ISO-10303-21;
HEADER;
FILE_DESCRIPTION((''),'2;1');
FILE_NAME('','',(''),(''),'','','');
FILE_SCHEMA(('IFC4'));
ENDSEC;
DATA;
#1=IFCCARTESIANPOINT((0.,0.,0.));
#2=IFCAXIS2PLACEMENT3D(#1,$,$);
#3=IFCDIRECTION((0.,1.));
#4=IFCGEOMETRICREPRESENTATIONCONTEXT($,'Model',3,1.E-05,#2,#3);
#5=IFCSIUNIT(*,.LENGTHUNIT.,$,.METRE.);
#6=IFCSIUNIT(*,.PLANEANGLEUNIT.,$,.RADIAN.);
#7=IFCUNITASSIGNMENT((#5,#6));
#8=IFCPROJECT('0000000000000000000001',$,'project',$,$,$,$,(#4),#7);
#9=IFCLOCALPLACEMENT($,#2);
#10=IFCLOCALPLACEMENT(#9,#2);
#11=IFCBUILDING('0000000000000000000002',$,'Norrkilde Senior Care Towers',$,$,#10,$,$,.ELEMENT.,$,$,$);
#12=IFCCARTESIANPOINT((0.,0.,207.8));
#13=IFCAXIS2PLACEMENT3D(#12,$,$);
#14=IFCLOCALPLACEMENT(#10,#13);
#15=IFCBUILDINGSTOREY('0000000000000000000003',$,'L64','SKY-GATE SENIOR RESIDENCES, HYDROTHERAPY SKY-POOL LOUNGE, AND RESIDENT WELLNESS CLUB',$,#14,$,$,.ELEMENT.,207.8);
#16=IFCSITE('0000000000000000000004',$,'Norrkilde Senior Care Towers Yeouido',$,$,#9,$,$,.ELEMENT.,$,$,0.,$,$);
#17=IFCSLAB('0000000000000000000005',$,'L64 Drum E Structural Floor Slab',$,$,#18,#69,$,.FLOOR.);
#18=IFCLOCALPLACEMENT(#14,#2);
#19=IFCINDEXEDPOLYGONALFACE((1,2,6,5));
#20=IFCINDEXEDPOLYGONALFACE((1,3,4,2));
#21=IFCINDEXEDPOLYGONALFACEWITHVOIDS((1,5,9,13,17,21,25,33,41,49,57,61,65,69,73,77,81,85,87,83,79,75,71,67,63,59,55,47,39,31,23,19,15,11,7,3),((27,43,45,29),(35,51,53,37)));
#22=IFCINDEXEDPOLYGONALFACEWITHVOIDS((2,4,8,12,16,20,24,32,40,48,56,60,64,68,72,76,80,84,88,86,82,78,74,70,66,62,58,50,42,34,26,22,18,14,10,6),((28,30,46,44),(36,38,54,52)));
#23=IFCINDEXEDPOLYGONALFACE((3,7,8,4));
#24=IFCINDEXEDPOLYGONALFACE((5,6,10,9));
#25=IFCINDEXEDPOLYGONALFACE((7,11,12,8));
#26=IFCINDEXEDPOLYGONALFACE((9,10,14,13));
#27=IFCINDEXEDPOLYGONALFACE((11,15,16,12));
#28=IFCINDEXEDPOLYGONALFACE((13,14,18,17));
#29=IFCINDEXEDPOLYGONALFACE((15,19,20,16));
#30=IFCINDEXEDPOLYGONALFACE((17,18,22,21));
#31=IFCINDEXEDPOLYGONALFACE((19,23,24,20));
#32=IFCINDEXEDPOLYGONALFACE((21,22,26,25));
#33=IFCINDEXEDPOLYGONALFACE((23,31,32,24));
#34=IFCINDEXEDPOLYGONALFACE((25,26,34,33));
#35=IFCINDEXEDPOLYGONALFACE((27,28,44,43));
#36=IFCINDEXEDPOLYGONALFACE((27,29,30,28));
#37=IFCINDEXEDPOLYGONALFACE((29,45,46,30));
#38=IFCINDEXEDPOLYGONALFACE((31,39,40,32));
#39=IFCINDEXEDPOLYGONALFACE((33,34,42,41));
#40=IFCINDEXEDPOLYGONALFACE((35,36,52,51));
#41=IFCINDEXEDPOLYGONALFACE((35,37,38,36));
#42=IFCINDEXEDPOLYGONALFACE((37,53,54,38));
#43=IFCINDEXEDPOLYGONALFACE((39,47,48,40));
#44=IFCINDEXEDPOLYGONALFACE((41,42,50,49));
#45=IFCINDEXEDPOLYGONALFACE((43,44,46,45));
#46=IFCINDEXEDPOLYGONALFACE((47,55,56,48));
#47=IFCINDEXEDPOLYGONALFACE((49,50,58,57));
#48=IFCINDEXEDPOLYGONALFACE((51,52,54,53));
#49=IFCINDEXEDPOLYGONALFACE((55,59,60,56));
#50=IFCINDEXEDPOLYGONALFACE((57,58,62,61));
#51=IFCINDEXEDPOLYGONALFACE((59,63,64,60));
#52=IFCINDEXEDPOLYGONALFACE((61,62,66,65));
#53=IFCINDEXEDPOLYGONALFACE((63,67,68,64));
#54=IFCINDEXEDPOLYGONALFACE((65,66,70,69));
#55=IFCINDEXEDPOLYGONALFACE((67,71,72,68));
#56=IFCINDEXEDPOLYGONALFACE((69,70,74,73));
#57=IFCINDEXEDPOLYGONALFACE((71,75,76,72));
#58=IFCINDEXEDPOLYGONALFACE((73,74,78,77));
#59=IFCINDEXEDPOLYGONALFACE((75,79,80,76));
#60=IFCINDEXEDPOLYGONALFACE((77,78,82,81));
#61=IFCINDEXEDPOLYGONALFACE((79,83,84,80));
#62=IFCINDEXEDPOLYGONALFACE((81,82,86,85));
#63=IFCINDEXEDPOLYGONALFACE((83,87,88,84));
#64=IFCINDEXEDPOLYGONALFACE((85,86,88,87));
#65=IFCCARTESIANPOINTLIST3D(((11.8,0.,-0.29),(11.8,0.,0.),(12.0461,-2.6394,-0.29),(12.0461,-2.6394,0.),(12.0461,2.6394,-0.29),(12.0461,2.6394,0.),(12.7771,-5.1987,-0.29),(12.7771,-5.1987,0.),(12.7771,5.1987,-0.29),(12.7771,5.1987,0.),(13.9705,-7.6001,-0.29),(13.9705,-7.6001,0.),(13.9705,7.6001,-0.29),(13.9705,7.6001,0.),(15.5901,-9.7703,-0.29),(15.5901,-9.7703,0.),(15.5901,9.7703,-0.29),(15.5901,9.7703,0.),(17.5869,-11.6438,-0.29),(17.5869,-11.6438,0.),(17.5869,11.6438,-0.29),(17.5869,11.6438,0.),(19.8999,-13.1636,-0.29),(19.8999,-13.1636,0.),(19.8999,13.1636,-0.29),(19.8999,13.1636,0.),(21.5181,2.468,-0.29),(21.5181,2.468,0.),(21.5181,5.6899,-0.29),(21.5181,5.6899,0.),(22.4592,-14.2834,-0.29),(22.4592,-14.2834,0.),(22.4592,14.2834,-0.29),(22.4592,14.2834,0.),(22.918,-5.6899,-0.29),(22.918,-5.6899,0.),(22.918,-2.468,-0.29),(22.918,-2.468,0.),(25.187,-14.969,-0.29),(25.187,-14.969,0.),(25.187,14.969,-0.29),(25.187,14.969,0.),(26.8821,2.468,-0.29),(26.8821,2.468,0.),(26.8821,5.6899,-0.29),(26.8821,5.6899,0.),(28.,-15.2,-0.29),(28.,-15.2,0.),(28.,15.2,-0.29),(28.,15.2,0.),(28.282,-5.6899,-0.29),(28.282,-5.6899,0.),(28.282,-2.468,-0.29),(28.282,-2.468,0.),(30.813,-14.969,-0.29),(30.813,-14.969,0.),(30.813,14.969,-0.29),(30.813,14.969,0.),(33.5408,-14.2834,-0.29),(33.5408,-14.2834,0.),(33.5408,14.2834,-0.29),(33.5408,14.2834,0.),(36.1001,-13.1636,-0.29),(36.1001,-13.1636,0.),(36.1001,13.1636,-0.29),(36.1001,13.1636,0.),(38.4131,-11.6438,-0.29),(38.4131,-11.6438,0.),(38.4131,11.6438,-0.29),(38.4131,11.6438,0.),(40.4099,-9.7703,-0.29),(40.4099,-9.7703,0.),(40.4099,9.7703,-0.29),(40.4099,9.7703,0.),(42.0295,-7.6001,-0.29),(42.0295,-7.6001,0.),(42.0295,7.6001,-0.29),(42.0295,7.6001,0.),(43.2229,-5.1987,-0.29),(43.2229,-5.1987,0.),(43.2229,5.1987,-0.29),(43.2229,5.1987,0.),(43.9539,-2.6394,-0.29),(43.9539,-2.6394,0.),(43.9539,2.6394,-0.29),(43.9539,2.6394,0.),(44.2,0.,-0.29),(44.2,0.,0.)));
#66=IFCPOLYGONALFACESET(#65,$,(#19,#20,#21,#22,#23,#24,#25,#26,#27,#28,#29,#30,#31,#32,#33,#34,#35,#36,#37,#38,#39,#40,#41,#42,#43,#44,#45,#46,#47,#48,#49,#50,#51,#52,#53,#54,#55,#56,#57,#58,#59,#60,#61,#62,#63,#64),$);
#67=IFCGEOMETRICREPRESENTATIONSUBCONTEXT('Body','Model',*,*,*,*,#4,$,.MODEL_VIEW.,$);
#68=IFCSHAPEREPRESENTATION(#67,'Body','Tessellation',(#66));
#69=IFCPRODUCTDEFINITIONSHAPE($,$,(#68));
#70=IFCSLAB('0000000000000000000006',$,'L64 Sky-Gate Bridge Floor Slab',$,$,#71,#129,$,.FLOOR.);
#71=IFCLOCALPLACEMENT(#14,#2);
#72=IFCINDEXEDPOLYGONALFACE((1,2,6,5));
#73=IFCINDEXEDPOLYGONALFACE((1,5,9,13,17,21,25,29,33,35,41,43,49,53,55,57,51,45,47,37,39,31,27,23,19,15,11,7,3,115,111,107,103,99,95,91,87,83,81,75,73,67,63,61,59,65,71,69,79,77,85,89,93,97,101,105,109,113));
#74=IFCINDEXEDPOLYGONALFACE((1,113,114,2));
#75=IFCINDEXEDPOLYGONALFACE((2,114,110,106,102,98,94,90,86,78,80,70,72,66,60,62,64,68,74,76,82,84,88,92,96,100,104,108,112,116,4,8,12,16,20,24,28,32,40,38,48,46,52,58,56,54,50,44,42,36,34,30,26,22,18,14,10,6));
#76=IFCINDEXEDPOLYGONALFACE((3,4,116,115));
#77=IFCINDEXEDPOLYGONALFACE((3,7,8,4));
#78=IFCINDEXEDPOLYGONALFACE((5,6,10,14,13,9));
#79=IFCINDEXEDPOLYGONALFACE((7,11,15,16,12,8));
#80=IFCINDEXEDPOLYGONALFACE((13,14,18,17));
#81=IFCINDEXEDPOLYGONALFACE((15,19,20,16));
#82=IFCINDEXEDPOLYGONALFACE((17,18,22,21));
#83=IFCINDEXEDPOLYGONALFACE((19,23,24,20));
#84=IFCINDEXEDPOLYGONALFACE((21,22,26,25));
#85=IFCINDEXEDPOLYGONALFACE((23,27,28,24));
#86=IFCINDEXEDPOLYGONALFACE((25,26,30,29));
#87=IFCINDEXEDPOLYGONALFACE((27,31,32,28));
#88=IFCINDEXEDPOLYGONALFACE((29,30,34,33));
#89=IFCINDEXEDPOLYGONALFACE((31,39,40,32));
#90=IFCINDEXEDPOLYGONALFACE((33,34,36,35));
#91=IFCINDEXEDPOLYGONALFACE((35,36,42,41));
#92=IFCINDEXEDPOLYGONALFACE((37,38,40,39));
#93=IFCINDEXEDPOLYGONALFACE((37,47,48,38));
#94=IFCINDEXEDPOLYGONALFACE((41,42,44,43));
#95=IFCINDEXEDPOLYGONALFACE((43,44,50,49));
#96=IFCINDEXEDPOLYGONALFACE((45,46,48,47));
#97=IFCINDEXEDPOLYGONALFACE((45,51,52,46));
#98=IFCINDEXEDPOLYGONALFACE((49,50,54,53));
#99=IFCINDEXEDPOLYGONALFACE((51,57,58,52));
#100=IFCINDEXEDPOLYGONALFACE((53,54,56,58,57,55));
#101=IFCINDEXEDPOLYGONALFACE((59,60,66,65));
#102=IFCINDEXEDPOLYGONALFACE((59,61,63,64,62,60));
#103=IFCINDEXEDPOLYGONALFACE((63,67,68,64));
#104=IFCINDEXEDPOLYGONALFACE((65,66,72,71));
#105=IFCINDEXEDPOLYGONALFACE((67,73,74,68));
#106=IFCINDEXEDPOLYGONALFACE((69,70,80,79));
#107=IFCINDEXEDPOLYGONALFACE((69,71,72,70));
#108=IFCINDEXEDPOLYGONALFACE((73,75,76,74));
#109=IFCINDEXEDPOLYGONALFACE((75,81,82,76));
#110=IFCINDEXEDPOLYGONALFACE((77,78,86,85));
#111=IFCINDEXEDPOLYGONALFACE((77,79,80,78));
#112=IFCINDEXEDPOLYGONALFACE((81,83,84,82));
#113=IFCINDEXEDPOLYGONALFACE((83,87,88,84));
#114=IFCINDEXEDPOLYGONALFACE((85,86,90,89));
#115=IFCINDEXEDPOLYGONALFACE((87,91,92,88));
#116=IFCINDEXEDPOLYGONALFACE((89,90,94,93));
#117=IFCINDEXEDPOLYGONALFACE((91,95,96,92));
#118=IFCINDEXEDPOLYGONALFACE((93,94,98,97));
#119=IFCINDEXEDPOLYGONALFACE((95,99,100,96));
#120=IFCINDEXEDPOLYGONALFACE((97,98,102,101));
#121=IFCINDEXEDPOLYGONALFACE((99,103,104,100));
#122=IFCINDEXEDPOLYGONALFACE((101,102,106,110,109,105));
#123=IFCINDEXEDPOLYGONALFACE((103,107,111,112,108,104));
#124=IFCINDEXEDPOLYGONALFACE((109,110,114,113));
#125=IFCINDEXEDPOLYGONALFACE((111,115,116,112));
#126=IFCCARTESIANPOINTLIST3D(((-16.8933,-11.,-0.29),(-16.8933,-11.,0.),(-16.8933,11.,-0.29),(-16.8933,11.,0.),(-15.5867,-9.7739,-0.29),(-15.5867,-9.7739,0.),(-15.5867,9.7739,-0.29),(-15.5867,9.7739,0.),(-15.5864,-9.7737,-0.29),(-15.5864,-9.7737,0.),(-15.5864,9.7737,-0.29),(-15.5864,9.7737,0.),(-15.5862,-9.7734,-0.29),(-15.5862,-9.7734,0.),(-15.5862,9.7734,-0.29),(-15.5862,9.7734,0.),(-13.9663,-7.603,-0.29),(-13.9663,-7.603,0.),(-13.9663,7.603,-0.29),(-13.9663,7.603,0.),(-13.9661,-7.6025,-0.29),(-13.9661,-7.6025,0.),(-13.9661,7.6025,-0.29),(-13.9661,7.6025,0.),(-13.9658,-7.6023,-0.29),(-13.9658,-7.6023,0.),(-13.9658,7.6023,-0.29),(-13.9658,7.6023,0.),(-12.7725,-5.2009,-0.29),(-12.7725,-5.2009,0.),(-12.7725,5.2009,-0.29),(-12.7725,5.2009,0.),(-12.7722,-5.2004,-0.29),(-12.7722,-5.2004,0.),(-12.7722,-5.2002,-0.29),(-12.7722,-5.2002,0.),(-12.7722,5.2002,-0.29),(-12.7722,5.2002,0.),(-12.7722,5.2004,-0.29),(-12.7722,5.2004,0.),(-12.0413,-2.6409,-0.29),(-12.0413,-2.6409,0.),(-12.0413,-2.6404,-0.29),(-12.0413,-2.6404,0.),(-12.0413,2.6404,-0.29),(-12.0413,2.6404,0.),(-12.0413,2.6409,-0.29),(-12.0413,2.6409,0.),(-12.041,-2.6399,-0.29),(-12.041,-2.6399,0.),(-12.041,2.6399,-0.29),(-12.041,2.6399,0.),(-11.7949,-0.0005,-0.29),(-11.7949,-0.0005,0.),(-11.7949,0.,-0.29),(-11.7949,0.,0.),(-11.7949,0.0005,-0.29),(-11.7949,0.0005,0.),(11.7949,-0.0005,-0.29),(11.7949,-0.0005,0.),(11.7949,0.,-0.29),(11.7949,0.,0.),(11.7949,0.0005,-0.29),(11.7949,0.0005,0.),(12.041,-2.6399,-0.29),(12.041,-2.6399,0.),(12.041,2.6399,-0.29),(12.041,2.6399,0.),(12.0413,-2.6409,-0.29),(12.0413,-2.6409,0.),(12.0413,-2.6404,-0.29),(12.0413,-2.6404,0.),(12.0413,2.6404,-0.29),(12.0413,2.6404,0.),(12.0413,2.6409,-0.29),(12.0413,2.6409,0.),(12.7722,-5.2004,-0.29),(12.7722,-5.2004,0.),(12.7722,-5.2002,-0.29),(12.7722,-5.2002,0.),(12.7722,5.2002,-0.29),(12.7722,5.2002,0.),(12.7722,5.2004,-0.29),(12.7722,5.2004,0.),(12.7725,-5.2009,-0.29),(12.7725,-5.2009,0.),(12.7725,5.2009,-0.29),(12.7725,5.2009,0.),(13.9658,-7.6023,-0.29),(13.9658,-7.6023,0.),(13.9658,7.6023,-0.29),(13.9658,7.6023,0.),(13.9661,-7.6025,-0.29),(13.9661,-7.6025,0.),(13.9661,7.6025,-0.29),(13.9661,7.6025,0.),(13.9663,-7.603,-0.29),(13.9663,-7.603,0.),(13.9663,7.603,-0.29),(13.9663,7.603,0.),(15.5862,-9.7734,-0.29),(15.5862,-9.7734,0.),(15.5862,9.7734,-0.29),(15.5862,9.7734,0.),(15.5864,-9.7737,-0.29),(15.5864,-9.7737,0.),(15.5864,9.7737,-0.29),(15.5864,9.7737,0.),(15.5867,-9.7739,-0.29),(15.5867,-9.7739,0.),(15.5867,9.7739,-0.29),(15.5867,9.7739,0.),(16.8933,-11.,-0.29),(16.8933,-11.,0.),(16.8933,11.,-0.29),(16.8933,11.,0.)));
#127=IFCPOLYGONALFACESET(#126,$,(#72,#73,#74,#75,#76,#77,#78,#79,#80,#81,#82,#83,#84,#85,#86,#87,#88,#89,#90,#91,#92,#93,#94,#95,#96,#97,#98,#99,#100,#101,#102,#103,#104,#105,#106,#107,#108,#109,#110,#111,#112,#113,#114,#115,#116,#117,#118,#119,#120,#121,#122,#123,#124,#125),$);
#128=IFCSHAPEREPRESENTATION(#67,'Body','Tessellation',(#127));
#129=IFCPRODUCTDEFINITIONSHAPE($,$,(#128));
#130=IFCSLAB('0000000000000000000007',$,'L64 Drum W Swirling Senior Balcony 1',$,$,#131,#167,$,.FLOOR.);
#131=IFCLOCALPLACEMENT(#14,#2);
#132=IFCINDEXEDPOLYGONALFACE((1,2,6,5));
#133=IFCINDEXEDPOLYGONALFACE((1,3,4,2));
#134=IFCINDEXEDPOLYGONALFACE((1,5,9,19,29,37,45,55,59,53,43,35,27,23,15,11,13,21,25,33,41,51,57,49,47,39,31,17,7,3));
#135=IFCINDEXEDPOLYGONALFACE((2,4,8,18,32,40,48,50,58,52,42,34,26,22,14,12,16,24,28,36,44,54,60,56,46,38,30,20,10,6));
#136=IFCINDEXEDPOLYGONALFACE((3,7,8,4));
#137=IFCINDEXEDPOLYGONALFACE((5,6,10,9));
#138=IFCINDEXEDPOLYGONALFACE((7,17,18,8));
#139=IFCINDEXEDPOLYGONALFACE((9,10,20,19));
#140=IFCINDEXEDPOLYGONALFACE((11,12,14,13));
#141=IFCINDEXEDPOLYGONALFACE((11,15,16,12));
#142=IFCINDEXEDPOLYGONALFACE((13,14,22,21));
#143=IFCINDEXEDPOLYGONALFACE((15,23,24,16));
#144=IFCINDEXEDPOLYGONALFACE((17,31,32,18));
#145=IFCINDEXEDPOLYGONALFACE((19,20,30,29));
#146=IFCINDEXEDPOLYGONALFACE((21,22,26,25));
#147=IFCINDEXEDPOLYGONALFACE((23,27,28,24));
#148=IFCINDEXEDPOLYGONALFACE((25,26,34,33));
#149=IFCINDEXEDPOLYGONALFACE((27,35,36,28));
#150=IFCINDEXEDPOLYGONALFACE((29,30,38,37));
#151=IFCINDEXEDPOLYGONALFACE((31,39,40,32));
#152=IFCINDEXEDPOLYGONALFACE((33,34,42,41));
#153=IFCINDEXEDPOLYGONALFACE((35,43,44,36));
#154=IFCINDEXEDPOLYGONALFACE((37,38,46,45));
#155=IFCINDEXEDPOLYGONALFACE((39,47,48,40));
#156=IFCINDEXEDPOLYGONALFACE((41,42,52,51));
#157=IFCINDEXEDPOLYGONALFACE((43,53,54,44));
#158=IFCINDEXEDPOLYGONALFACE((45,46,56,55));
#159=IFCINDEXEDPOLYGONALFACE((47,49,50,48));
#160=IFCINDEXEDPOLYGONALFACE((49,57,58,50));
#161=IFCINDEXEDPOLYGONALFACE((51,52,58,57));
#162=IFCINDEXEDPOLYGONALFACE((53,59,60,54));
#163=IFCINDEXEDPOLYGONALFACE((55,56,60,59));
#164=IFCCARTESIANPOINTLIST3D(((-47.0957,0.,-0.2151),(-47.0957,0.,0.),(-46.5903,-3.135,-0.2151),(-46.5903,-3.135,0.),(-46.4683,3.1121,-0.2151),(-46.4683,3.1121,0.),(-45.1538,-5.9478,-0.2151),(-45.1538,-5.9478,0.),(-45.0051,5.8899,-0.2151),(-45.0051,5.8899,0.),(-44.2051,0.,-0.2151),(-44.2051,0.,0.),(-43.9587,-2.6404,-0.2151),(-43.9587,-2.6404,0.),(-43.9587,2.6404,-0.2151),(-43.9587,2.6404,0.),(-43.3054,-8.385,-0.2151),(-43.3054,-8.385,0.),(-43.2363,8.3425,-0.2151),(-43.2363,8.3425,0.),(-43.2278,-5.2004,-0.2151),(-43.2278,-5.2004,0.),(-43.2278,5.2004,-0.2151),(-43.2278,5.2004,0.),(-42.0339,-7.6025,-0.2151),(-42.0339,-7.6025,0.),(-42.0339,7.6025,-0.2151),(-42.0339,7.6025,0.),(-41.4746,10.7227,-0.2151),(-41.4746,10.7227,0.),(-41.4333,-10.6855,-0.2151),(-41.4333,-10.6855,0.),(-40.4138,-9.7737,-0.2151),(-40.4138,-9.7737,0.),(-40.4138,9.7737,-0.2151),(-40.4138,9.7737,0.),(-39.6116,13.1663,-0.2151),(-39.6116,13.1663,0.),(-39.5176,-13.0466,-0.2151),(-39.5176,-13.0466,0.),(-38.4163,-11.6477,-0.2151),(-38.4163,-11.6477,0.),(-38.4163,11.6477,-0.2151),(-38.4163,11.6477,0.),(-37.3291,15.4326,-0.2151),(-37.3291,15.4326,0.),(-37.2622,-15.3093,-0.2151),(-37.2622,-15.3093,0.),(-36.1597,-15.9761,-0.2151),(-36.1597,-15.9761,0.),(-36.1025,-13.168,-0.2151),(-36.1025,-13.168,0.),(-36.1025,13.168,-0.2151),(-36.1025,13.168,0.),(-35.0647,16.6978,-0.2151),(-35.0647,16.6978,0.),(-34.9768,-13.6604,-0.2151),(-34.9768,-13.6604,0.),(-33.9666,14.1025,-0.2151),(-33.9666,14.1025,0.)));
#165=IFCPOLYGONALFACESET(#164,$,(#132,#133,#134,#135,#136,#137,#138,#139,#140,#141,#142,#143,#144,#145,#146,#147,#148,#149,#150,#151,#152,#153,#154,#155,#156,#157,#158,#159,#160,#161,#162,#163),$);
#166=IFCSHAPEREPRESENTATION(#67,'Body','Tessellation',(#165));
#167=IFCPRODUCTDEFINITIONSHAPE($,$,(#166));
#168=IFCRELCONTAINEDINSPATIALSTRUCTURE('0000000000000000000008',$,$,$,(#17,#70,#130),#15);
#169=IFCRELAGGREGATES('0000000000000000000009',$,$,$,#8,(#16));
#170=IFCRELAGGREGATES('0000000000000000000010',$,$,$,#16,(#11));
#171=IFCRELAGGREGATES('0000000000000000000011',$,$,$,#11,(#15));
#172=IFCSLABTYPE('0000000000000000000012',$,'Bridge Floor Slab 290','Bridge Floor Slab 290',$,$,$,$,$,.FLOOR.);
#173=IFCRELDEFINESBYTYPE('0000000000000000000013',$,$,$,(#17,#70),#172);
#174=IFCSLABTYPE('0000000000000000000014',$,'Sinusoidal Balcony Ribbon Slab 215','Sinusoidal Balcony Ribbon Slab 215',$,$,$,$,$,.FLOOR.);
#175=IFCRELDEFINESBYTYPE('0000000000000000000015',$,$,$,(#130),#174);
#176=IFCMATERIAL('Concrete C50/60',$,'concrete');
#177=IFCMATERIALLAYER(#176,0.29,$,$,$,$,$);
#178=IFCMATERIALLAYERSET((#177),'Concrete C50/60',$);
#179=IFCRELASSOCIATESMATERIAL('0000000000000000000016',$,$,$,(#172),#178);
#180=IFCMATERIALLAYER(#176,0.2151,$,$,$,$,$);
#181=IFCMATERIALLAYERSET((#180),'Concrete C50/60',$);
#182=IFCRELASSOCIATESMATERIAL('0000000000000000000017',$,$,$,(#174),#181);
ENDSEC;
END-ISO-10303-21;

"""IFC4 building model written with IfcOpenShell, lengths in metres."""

from ifc_helpers import new_model, si_unit, direction, frame, origin, place, context, subcontext, project, spatial, polyline, outline, extrude, material, layer, layer_set, type_object, element, save


model = new_model("IFC4")

# Units and contexts
model_context = context("Model", 3, precision=1e-05, world=origin(), true_north=direction((0.0, 1.0)))
body_context = subcontext(model_context, "Body", "Model", "MODEL_VIEW")
ifc_project = project(units=[si_unit("LENGTHUNIT", "METRE"), si_unit("PLANEANGLEUNIT", "RADIAN")], contexts=[model_context])

# Site, building, storey
site_placement = place(None, origin())
site = spatial("IfcSite", under=ifc_project, at=site_placement, Name="Norrkilde Senior Care Towers Yeouido", CompositionType="ELEMENT", RefElevation=0.0)
building_placement = place(site_placement, origin())
building = spatial("IfcBuilding", under=site, at=building_placement, Name="Norrkilde Senior Care Towers", CompositionType="ELEMENT")
storey_placement = place(building_placement, frame((0.0, 0.0, 207.8)))
storey = spatial("IfcBuildingStorey", under=building, at=storey_placement, Name="L64", Description="SKY-GATE SENIOR RESIDENCES, HYDROTHERAPY SKY-POOL LOUNGE, AND RESIDENT WELLNESS CLUB", CompositionType="ELEMENT", Elevation=207.8)

# Slabs
ifc_material_1 = material(Name="Concrete C50/60", Category="concrete")
ifc_layer_1 = layer(ifc_material_1, 0.29)
ifc_layer_set_1 = layer_set([ifc_layer_1], Name="Concrete C50/60")
slab_type_1 = type_object("IfcSlabType", Name="Bridge Floor Slab 290", Description="Bridge Floor Slab 290", PredefinedType="FLOOR", material=ifc_layer_set_1)
slab_1_placement = place(storey_placement, frame((0.0, 0.0, -0.29)))
element("IfcSlab", 1, at=slab_1_placement, inside=storey, type_object=slab_type_1, Name="L64 Drum E Structural Floor Slab", PredefinedType="FLOOR", context=body_context, shape_type="SweptSolid", body=[
    extrude(outline(polyline([(43.2229, -5.1987), (42.0295, -7.6001), (40.4099, -9.7703), (38.4131, -11.6438), (36.1001, -13.1636), (33.5408, -14.2834), (30.813, -14.969), (28.0, -15.2), (25.187, -14.969), (22.4592, -14.2834), (19.8999, -13.1636), (17.5869, -11.6438), (15.5901, -9.7703), (13.9705, -7.6001), (12.7771, -5.1987), (12.0461, -2.6394), (11.8, 0.0), (12.0461, 2.6394), (12.7771, 5.1987), (13.9705, 7.6001), (15.5901, 9.7703), (17.5869, 11.6438), (19.8999, 13.1636), (22.4592, 14.2834), (25.187, 14.969), (28.0, 15.2), (30.813, 14.969), (33.5408, 14.2834), (36.1001, 13.1636), (38.4131, 11.6438), (40.4099, 9.7703), (42.0295, 7.6001), (43.2229, 5.1987), (43.9539, 2.6394), (44.2, 0.0), (43.9539, -2.6394), (43.2229, -5.1987)]), holes=[polyline([(21.5181, 2.468), (26.8821, 2.468), (26.8821, 5.6899), (21.5181, 5.6899), (21.5181, 2.468)]), polyline([(28.282, -5.6899), (28.282, -2.468), (22.918, -2.468), (22.918, -5.6899), (28.282, -5.6899)])]), origin(), (0.0, 0.0, 1.0), 0.29),
])
slab_2_placement = place(storey_placement, frame((0.0, 0.0, -0.29)))
element("IfcSlab", 2, at=slab_2_placement, inside=storey, type_object=slab_type_1, Name="L64 Sky-Gate Bridge Floor Slab", PredefinedType="FLOOR", context=body_context, shape_type="SweptSolid", body=[
    extrude(outline(polyline([(16.8933, 11.0), (15.5867, 9.7739), (15.5864, 9.7737), (15.5862, 9.7734), (13.9663, 7.603), (13.9661, 7.6025), (13.9658, 7.6023), (12.7725, 5.2009), (12.7722, 5.2004), (12.7722, 5.2002), (12.0413, 2.6409), (12.0413, 2.6404), (12.041, 2.6399), (11.7949, 0.0005), (11.7949, 0.0), (11.7949, -0.0005), (12.041, -2.6399), (12.0413, -2.6404), (12.0413, -2.6409), (12.7722, -5.2002), (12.7722, -5.2004), (12.7725, -5.2009), (13.9658, -7.6023), (13.9661, -7.6025), (13.9663, -7.603), (15.5862, -9.7734), (15.5864, -9.7737), (15.5867, -9.7739), (16.8933, -11.0), (-16.8933, -11.0), (-15.5867, -9.7739), (-15.5864, -9.7737), (-15.5862, -9.7734), (-13.9663, -7.603), (-13.9661, -7.6025), (-13.9658, -7.6023), (-12.7725, -5.2009), (-12.7722, -5.2004), (-12.7722, -5.2002), (-12.0413, -2.6409), (-12.0413, -2.6404), (-12.041, -2.6399), (-11.7949, -0.0005), (-11.7949, 0.0), (-11.7949, 0.0005), (-12.041, 2.6399), (-12.0413, 2.6404), (-12.0413, 2.6409), (-12.7722, 5.2002), (-12.7722, 5.2004), (-12.7725, 5.2009), (-13.9658, 7.6023), (-13.9661, 7.6025), (-13.9663, 7.603), (-15.5862, 9.7734), (-15.5864, 9.7737), (-15.5867, 9.7739), (-16.8933, 11.0), (16.8933, 11.0)])), origin(), (0.0, 0.0, 1.0), 0.29),
])
ifc_layer_2 = layer(ifc_material_1, 0.2151)
ifc_layer_set_2 = layer_set([ifc_layer_2], Name="Concrete C50/60")
slab_type_2 = type_object("IfcSlabType", Name="Sinusoidal Balcony Ribbon Slab 215", Description="Sinusoidal Balcony Ribbon Slab 215", PredefinedType="FLOOR", material=ifc_layer_set_2)
slab_3_placement = place(storey_placement, frame((0.0, 0.0, -0.2151)))
element("IfcSlab", 3, at=slab_3_placement, inside=storey, type_object=slab_type_2, Name="L64 Drum W Swirling Senior Balcony 1", PredefinedType="FLOOR", context=body_context, shape_type="SweptSolid", body=[
    extrude(outline(polyline([(-41.4333, -10.6855), (-43.3054, -8.385), (-45.1538, -5.9478), (-46.5903, -3.135), (-47.0957, 0.0), (-46.4683, 3.1121), (-45.0051, 5.8899), (-43.2363, 8.3425), (-41.4746, 10.7227), (-39.6116, 13.1663), (-37.3291, 15.4326), (-35.0647, 16.6978), (-33.9666, 14.1025), (-36.1025, 13.168), (-38.4163, 11.6477), (-40.4138, 9.7737), (-42.0339, 7.6025), (-43.2278, 5.2004), (-43.9587, 2.6404), (-44.2051, 0.0), (-43.9587, -2.6404), (-43.2278, -5.2004), (-42.0339, -7.6025), (-40.4138, -9.7737), (-38.4163, -11.6477), (-36.1025, -13.168), (-34.9768, -13.6604), (-36.1597, -15.9761), (-37.2622, -15.3093), (-39.5176, -13.0466), (-41.4333, -10.6855)])), origin(), (0.0, 0.0, 1.0), 0.2151),
])

save(model, "model.ifc")
